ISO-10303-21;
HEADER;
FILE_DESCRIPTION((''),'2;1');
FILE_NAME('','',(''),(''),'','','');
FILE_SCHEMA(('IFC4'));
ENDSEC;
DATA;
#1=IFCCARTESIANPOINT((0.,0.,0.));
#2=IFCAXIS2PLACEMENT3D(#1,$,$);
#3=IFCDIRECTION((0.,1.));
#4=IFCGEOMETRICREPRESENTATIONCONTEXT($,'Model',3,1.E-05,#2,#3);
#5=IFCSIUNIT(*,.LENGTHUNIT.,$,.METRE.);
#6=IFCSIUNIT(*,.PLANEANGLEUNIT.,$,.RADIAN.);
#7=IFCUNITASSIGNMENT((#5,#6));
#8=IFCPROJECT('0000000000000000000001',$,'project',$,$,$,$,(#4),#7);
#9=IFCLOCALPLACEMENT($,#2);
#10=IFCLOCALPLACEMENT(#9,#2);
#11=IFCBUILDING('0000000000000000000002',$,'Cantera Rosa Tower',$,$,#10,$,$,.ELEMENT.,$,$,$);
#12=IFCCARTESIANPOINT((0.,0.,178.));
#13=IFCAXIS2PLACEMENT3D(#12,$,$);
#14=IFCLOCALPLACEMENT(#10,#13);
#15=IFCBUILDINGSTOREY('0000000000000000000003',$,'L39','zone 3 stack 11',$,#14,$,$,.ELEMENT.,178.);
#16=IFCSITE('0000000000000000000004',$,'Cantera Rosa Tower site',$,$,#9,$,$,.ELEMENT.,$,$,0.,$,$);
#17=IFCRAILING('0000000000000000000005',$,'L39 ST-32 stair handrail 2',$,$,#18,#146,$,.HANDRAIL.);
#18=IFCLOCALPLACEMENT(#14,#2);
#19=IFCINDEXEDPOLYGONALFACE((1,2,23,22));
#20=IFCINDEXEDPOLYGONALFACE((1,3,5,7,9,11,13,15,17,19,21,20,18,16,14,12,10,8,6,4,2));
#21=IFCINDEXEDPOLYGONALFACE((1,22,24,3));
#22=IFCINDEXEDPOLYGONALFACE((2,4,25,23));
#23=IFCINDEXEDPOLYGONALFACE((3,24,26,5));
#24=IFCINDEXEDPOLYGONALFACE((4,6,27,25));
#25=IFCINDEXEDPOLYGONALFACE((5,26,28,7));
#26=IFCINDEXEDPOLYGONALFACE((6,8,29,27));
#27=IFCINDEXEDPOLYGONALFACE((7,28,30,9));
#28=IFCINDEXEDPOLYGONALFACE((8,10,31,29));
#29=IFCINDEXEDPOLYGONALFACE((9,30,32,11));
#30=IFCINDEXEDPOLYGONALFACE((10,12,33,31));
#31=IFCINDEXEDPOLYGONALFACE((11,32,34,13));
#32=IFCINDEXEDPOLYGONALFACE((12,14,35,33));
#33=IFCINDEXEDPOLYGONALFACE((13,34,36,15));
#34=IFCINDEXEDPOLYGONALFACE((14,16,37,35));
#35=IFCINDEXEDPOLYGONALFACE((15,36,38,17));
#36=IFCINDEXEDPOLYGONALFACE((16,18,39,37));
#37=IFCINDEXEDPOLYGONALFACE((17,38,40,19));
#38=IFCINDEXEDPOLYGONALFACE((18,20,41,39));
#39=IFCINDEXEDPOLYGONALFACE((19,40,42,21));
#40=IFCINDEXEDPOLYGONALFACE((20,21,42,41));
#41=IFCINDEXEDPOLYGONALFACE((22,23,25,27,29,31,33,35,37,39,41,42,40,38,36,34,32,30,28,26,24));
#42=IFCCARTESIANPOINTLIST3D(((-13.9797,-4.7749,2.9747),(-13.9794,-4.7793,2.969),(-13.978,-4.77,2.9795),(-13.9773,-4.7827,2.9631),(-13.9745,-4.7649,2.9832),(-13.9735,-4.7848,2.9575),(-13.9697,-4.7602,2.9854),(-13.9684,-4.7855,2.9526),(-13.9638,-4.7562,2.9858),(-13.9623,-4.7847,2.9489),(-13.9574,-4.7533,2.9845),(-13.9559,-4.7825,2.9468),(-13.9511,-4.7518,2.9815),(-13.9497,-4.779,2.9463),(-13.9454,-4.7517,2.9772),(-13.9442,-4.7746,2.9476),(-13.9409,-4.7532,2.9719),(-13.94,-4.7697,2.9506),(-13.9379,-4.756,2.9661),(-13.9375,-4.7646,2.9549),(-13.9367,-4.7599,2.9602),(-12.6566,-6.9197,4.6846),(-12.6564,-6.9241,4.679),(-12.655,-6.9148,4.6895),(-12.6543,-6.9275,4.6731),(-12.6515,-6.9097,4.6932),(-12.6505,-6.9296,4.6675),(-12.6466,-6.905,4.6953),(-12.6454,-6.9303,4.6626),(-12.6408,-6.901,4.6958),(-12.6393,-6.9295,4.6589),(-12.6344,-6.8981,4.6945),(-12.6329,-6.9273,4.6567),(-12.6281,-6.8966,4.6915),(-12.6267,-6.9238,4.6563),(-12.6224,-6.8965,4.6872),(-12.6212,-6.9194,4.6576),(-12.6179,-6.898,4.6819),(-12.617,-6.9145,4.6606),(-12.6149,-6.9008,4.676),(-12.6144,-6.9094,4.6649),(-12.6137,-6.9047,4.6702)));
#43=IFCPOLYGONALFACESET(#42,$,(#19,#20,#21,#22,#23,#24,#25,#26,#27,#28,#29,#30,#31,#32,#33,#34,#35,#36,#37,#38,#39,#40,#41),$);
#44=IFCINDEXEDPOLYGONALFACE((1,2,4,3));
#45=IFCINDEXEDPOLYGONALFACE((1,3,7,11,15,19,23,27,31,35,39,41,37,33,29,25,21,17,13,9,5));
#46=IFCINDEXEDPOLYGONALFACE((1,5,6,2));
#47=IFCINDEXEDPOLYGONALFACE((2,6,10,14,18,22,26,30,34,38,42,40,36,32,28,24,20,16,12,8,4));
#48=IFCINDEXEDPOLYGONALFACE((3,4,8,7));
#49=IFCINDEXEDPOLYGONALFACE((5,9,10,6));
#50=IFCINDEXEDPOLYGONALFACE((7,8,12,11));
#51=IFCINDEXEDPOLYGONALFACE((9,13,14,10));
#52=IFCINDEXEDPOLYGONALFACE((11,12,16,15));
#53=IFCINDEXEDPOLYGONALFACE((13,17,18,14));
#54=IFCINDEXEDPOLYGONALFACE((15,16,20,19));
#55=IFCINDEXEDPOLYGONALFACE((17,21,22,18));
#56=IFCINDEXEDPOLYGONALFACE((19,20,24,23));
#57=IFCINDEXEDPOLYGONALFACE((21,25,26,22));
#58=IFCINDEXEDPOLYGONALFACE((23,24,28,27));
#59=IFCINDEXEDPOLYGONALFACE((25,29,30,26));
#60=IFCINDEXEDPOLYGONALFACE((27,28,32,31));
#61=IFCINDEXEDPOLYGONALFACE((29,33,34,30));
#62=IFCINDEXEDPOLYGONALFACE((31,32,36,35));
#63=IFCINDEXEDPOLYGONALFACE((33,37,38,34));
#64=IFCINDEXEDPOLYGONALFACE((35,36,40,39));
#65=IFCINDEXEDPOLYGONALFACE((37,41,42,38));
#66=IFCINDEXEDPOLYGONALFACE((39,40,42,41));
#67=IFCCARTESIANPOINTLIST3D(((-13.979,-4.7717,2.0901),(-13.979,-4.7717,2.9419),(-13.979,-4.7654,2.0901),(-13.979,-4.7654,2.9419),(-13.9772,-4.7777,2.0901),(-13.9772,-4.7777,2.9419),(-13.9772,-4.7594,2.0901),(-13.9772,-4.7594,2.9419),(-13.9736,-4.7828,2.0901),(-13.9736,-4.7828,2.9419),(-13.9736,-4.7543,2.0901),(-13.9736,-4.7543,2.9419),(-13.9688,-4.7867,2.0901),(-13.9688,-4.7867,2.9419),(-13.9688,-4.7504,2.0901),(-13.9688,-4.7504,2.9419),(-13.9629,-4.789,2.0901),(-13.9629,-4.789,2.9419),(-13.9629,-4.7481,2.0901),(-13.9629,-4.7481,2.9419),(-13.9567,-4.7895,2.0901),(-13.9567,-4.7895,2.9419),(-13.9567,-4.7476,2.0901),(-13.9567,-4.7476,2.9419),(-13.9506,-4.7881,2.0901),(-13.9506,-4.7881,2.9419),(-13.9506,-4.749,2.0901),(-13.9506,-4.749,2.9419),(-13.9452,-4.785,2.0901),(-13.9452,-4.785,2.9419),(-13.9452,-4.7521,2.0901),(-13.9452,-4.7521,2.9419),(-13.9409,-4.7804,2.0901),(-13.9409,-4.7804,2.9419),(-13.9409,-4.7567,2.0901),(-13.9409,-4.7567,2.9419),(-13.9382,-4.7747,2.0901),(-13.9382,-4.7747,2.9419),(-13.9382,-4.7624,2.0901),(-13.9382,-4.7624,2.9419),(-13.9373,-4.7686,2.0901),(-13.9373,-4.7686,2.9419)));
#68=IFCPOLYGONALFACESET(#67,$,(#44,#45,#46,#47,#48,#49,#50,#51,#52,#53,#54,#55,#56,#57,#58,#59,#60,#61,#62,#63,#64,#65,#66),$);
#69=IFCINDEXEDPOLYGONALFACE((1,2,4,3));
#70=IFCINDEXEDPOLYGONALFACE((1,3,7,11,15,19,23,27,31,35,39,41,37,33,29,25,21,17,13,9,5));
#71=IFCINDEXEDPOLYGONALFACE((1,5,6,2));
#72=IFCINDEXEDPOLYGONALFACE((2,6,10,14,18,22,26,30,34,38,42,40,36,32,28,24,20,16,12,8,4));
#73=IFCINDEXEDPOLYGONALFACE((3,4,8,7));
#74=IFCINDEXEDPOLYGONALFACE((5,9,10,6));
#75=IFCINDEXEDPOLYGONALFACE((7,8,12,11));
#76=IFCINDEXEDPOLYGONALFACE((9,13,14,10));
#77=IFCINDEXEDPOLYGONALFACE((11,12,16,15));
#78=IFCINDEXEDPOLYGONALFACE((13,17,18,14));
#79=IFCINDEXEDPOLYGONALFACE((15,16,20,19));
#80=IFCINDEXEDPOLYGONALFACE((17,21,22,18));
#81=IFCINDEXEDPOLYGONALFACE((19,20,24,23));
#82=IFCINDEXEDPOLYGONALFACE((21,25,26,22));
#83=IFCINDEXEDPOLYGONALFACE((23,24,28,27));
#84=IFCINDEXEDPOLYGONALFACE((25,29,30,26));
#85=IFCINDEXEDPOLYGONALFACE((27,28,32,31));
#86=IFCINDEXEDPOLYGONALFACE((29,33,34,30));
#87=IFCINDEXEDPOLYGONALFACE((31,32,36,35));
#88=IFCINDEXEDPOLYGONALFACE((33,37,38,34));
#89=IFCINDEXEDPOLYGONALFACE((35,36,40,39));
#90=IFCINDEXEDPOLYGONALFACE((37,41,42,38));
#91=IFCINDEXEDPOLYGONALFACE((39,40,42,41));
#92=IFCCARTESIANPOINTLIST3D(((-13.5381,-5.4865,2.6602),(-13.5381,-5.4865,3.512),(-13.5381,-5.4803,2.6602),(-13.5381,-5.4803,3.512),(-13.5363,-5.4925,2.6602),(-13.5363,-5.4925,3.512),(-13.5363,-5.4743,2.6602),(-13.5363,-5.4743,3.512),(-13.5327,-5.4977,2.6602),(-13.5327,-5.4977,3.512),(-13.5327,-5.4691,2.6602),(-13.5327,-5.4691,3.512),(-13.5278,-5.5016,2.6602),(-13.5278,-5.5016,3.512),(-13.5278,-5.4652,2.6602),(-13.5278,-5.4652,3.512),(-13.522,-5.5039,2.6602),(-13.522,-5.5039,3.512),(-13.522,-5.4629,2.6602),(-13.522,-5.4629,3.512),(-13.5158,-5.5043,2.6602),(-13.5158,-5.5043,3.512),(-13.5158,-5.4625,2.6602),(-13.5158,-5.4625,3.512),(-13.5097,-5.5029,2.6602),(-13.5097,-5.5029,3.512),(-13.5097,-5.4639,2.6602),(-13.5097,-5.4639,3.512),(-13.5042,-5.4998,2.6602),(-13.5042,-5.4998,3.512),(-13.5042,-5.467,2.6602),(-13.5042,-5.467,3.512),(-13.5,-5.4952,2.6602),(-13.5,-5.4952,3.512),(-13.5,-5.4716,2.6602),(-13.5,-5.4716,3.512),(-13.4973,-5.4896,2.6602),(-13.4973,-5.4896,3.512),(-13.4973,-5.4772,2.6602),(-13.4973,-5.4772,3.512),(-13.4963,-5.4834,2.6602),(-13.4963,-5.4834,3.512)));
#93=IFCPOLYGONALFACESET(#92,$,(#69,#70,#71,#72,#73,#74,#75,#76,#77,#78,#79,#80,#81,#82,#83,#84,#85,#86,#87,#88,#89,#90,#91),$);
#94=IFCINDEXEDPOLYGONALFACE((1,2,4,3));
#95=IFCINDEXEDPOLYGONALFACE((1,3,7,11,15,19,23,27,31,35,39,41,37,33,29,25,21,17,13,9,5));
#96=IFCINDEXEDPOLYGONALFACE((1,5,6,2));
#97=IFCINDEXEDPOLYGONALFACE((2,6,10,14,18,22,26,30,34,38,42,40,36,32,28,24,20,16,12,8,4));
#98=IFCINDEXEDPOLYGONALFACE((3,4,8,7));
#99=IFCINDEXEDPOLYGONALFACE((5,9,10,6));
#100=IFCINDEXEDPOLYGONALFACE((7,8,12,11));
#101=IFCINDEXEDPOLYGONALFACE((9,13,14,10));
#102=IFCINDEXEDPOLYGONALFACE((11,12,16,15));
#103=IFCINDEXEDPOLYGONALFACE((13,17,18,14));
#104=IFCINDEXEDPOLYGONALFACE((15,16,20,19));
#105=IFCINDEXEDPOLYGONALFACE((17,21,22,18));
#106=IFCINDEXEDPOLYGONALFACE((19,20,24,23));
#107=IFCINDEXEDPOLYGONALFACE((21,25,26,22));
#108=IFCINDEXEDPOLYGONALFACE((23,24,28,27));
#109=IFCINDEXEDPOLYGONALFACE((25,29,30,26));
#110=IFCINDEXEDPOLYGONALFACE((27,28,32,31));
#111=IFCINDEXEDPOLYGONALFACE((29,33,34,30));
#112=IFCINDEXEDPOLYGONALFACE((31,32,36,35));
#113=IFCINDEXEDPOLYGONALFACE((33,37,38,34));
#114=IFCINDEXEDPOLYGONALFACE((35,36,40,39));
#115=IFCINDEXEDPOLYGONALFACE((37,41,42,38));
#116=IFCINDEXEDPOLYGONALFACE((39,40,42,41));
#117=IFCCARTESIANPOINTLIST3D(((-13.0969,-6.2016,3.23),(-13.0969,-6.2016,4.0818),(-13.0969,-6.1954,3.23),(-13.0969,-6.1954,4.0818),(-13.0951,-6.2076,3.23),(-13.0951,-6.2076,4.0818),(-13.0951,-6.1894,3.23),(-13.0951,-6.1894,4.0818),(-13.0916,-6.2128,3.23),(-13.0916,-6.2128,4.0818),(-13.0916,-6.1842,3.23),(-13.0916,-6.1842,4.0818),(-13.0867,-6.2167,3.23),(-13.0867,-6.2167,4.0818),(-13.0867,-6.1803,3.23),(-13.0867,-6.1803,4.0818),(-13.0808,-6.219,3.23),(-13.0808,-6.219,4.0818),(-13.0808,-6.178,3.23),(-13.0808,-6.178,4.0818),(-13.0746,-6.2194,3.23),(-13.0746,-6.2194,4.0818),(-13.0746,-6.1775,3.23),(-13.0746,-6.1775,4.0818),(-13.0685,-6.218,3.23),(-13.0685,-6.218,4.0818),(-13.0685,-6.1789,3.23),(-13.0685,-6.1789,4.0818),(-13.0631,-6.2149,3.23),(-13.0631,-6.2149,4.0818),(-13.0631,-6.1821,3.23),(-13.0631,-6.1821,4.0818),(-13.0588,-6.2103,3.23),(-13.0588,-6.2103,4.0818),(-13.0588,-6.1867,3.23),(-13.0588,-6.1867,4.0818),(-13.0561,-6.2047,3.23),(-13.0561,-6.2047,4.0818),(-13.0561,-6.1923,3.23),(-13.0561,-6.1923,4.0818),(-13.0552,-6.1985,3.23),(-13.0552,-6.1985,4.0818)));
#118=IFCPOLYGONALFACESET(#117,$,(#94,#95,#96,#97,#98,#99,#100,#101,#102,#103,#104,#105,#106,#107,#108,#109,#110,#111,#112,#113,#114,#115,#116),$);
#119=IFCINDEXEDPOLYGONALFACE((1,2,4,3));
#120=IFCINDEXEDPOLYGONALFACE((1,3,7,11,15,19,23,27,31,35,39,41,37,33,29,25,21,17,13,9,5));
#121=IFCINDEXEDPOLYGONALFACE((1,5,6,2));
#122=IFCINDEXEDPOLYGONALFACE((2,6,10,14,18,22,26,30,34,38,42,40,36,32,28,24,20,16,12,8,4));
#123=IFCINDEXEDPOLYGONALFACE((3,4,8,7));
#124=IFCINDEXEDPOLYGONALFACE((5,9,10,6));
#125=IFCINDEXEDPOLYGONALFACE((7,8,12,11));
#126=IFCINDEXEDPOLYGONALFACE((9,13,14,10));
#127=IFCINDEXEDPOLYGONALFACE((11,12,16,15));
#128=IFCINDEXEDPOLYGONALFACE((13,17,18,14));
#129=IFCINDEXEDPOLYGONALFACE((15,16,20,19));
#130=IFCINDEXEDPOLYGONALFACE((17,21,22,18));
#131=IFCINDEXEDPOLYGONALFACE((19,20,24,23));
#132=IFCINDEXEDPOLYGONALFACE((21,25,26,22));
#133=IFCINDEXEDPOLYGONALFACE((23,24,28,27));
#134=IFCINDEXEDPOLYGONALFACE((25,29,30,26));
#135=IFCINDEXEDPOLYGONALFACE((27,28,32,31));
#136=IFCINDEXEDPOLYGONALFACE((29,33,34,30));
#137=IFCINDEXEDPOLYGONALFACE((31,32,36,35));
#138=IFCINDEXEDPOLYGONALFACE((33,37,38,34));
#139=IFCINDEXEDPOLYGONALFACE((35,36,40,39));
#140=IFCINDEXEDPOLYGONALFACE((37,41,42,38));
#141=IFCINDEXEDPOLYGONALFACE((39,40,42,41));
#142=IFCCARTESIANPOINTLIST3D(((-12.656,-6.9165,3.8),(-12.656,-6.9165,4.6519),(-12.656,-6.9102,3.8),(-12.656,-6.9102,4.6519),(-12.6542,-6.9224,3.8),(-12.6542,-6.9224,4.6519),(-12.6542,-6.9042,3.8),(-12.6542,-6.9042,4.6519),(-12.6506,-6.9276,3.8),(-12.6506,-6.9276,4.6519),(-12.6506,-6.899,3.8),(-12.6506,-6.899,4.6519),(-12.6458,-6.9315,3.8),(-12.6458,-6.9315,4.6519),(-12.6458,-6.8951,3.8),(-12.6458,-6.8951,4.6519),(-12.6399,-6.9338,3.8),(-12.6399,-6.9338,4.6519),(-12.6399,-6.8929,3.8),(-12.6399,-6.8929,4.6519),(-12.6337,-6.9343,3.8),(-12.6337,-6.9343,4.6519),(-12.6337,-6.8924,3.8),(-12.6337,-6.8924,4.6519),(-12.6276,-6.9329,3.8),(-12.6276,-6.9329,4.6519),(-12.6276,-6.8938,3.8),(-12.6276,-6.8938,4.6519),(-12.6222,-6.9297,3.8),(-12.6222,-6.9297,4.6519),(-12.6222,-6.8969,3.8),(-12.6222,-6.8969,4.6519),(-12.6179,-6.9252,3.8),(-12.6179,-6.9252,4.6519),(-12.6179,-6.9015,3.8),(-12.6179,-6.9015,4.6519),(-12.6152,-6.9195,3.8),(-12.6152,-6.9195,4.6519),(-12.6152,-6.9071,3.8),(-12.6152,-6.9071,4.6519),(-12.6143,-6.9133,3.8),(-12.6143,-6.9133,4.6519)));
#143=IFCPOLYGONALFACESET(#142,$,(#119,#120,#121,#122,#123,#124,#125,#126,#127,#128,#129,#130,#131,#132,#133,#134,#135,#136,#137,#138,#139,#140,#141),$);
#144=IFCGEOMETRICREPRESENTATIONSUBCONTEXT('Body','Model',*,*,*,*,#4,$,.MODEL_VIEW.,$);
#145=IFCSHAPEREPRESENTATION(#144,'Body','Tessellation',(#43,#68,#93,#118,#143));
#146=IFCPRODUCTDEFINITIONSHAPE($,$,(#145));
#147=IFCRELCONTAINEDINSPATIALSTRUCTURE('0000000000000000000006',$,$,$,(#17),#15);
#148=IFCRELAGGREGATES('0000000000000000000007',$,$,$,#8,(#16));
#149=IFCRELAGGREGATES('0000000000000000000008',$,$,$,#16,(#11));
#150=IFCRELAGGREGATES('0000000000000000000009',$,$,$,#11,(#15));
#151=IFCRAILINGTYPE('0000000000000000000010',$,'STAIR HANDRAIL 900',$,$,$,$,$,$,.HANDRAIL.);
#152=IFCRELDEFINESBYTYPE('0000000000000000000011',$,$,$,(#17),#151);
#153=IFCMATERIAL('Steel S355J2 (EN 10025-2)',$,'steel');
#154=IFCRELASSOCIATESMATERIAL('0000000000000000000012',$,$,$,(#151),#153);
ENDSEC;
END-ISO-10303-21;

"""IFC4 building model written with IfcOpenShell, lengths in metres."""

from ifc_helpers import new_model, si_unit, direction, frame, origin, origin_2d, place, context, subcontext, project, spatial, circle, extrude, material, type_object, element, save


model = new_model("IFC4")

# Units and contexts
model_context = context("Model", 3, precision=1e-05, world=origin(), true_north=direction((0.0, 1.0)))
body_context = subcontext(model_context, "Body", "Model", "MODEL_VIEW")
ifc_project = project(units=[si_unit("LENGTHUNIT", "METRE"), si_unit("PLANEANGLEUNIT", "RADIAN")], contexts=[model_context])

# Site, building, storey
site_placement = place(None, origin())
site = spatial("IfcSite", under=ifc_project, at=site_placement, Name="Cantera Rosa Tower site", CompositionType="ELEMENT", RefElevation=0.0)
building_placement = place(site_placement, origin())
building = spatial("IfcBuilding", under=site, at=building_placement, Name="Cantera Rosa Tower", CompositionType="ELEMENT")
storey_placement = place(building_placement, frame((0.0, 0.0, 178.0)))
storey = spatial("IfcBuildingStorey", under=building, at=storey_placement, Name="L39", Description="zone 3 stack 11", CompositionType="ELEMENT", Elevation=178.0)

# Railing
ifc_material_1 = material(Name="Steel S355J2 (EN 10025-2)", Category="steel")
railing_type_1 = type_object("IfcRailingType", Name="STAIR HANDRAIL 900", PredefinedType="HANDRAIL", material=ifc_material_1)
railing_1_placement = place(storey_placement, frame((-13.9583, -4.7686, 2.0901)))
element("IfcRailing", 1, at=railing_1_placement, inside=storey, type_object=railing_type_1, Name="L39 ST-32 stair handrail 2", PredefinedType="HANDRAIL", context=body_context, shape_type="SweptSolid", body=[
    extrude(circle(Radius=0.0239, at=origin_2d()), frame((0.0, 0.0, 0.876), z_axis=(0.434428, -0.704271, 0.561493), x_axis=(0.851102, 0.525, 0.0)), (0.0, 0.0, 1.0), 3.0454),
    extrude(circle(Radius=0.021, at=origin_2d()), origin(), (0.0, 0.0, 1.0), 0.8518),
    extrude(circle(Radius=0.021, at=origin_2d()), frame((0.4409, -0.7148, 0.5701)), (0.0, 0.0, 1.0), 0.8518),
    extrude(circle(Radius=0.021, at=origin_2d()), frame((0.8821, -1.4299, 1.1399)), (0.0, 0.0, 1.0), 0.8518),
    extrude(circle(Radius=0.021, at=origin_2d()), frame((1.323, -2.1448, 1.71)), (0.0, 0.0, 1.0), 0.8518),
])

save(model, "model.ifc")
